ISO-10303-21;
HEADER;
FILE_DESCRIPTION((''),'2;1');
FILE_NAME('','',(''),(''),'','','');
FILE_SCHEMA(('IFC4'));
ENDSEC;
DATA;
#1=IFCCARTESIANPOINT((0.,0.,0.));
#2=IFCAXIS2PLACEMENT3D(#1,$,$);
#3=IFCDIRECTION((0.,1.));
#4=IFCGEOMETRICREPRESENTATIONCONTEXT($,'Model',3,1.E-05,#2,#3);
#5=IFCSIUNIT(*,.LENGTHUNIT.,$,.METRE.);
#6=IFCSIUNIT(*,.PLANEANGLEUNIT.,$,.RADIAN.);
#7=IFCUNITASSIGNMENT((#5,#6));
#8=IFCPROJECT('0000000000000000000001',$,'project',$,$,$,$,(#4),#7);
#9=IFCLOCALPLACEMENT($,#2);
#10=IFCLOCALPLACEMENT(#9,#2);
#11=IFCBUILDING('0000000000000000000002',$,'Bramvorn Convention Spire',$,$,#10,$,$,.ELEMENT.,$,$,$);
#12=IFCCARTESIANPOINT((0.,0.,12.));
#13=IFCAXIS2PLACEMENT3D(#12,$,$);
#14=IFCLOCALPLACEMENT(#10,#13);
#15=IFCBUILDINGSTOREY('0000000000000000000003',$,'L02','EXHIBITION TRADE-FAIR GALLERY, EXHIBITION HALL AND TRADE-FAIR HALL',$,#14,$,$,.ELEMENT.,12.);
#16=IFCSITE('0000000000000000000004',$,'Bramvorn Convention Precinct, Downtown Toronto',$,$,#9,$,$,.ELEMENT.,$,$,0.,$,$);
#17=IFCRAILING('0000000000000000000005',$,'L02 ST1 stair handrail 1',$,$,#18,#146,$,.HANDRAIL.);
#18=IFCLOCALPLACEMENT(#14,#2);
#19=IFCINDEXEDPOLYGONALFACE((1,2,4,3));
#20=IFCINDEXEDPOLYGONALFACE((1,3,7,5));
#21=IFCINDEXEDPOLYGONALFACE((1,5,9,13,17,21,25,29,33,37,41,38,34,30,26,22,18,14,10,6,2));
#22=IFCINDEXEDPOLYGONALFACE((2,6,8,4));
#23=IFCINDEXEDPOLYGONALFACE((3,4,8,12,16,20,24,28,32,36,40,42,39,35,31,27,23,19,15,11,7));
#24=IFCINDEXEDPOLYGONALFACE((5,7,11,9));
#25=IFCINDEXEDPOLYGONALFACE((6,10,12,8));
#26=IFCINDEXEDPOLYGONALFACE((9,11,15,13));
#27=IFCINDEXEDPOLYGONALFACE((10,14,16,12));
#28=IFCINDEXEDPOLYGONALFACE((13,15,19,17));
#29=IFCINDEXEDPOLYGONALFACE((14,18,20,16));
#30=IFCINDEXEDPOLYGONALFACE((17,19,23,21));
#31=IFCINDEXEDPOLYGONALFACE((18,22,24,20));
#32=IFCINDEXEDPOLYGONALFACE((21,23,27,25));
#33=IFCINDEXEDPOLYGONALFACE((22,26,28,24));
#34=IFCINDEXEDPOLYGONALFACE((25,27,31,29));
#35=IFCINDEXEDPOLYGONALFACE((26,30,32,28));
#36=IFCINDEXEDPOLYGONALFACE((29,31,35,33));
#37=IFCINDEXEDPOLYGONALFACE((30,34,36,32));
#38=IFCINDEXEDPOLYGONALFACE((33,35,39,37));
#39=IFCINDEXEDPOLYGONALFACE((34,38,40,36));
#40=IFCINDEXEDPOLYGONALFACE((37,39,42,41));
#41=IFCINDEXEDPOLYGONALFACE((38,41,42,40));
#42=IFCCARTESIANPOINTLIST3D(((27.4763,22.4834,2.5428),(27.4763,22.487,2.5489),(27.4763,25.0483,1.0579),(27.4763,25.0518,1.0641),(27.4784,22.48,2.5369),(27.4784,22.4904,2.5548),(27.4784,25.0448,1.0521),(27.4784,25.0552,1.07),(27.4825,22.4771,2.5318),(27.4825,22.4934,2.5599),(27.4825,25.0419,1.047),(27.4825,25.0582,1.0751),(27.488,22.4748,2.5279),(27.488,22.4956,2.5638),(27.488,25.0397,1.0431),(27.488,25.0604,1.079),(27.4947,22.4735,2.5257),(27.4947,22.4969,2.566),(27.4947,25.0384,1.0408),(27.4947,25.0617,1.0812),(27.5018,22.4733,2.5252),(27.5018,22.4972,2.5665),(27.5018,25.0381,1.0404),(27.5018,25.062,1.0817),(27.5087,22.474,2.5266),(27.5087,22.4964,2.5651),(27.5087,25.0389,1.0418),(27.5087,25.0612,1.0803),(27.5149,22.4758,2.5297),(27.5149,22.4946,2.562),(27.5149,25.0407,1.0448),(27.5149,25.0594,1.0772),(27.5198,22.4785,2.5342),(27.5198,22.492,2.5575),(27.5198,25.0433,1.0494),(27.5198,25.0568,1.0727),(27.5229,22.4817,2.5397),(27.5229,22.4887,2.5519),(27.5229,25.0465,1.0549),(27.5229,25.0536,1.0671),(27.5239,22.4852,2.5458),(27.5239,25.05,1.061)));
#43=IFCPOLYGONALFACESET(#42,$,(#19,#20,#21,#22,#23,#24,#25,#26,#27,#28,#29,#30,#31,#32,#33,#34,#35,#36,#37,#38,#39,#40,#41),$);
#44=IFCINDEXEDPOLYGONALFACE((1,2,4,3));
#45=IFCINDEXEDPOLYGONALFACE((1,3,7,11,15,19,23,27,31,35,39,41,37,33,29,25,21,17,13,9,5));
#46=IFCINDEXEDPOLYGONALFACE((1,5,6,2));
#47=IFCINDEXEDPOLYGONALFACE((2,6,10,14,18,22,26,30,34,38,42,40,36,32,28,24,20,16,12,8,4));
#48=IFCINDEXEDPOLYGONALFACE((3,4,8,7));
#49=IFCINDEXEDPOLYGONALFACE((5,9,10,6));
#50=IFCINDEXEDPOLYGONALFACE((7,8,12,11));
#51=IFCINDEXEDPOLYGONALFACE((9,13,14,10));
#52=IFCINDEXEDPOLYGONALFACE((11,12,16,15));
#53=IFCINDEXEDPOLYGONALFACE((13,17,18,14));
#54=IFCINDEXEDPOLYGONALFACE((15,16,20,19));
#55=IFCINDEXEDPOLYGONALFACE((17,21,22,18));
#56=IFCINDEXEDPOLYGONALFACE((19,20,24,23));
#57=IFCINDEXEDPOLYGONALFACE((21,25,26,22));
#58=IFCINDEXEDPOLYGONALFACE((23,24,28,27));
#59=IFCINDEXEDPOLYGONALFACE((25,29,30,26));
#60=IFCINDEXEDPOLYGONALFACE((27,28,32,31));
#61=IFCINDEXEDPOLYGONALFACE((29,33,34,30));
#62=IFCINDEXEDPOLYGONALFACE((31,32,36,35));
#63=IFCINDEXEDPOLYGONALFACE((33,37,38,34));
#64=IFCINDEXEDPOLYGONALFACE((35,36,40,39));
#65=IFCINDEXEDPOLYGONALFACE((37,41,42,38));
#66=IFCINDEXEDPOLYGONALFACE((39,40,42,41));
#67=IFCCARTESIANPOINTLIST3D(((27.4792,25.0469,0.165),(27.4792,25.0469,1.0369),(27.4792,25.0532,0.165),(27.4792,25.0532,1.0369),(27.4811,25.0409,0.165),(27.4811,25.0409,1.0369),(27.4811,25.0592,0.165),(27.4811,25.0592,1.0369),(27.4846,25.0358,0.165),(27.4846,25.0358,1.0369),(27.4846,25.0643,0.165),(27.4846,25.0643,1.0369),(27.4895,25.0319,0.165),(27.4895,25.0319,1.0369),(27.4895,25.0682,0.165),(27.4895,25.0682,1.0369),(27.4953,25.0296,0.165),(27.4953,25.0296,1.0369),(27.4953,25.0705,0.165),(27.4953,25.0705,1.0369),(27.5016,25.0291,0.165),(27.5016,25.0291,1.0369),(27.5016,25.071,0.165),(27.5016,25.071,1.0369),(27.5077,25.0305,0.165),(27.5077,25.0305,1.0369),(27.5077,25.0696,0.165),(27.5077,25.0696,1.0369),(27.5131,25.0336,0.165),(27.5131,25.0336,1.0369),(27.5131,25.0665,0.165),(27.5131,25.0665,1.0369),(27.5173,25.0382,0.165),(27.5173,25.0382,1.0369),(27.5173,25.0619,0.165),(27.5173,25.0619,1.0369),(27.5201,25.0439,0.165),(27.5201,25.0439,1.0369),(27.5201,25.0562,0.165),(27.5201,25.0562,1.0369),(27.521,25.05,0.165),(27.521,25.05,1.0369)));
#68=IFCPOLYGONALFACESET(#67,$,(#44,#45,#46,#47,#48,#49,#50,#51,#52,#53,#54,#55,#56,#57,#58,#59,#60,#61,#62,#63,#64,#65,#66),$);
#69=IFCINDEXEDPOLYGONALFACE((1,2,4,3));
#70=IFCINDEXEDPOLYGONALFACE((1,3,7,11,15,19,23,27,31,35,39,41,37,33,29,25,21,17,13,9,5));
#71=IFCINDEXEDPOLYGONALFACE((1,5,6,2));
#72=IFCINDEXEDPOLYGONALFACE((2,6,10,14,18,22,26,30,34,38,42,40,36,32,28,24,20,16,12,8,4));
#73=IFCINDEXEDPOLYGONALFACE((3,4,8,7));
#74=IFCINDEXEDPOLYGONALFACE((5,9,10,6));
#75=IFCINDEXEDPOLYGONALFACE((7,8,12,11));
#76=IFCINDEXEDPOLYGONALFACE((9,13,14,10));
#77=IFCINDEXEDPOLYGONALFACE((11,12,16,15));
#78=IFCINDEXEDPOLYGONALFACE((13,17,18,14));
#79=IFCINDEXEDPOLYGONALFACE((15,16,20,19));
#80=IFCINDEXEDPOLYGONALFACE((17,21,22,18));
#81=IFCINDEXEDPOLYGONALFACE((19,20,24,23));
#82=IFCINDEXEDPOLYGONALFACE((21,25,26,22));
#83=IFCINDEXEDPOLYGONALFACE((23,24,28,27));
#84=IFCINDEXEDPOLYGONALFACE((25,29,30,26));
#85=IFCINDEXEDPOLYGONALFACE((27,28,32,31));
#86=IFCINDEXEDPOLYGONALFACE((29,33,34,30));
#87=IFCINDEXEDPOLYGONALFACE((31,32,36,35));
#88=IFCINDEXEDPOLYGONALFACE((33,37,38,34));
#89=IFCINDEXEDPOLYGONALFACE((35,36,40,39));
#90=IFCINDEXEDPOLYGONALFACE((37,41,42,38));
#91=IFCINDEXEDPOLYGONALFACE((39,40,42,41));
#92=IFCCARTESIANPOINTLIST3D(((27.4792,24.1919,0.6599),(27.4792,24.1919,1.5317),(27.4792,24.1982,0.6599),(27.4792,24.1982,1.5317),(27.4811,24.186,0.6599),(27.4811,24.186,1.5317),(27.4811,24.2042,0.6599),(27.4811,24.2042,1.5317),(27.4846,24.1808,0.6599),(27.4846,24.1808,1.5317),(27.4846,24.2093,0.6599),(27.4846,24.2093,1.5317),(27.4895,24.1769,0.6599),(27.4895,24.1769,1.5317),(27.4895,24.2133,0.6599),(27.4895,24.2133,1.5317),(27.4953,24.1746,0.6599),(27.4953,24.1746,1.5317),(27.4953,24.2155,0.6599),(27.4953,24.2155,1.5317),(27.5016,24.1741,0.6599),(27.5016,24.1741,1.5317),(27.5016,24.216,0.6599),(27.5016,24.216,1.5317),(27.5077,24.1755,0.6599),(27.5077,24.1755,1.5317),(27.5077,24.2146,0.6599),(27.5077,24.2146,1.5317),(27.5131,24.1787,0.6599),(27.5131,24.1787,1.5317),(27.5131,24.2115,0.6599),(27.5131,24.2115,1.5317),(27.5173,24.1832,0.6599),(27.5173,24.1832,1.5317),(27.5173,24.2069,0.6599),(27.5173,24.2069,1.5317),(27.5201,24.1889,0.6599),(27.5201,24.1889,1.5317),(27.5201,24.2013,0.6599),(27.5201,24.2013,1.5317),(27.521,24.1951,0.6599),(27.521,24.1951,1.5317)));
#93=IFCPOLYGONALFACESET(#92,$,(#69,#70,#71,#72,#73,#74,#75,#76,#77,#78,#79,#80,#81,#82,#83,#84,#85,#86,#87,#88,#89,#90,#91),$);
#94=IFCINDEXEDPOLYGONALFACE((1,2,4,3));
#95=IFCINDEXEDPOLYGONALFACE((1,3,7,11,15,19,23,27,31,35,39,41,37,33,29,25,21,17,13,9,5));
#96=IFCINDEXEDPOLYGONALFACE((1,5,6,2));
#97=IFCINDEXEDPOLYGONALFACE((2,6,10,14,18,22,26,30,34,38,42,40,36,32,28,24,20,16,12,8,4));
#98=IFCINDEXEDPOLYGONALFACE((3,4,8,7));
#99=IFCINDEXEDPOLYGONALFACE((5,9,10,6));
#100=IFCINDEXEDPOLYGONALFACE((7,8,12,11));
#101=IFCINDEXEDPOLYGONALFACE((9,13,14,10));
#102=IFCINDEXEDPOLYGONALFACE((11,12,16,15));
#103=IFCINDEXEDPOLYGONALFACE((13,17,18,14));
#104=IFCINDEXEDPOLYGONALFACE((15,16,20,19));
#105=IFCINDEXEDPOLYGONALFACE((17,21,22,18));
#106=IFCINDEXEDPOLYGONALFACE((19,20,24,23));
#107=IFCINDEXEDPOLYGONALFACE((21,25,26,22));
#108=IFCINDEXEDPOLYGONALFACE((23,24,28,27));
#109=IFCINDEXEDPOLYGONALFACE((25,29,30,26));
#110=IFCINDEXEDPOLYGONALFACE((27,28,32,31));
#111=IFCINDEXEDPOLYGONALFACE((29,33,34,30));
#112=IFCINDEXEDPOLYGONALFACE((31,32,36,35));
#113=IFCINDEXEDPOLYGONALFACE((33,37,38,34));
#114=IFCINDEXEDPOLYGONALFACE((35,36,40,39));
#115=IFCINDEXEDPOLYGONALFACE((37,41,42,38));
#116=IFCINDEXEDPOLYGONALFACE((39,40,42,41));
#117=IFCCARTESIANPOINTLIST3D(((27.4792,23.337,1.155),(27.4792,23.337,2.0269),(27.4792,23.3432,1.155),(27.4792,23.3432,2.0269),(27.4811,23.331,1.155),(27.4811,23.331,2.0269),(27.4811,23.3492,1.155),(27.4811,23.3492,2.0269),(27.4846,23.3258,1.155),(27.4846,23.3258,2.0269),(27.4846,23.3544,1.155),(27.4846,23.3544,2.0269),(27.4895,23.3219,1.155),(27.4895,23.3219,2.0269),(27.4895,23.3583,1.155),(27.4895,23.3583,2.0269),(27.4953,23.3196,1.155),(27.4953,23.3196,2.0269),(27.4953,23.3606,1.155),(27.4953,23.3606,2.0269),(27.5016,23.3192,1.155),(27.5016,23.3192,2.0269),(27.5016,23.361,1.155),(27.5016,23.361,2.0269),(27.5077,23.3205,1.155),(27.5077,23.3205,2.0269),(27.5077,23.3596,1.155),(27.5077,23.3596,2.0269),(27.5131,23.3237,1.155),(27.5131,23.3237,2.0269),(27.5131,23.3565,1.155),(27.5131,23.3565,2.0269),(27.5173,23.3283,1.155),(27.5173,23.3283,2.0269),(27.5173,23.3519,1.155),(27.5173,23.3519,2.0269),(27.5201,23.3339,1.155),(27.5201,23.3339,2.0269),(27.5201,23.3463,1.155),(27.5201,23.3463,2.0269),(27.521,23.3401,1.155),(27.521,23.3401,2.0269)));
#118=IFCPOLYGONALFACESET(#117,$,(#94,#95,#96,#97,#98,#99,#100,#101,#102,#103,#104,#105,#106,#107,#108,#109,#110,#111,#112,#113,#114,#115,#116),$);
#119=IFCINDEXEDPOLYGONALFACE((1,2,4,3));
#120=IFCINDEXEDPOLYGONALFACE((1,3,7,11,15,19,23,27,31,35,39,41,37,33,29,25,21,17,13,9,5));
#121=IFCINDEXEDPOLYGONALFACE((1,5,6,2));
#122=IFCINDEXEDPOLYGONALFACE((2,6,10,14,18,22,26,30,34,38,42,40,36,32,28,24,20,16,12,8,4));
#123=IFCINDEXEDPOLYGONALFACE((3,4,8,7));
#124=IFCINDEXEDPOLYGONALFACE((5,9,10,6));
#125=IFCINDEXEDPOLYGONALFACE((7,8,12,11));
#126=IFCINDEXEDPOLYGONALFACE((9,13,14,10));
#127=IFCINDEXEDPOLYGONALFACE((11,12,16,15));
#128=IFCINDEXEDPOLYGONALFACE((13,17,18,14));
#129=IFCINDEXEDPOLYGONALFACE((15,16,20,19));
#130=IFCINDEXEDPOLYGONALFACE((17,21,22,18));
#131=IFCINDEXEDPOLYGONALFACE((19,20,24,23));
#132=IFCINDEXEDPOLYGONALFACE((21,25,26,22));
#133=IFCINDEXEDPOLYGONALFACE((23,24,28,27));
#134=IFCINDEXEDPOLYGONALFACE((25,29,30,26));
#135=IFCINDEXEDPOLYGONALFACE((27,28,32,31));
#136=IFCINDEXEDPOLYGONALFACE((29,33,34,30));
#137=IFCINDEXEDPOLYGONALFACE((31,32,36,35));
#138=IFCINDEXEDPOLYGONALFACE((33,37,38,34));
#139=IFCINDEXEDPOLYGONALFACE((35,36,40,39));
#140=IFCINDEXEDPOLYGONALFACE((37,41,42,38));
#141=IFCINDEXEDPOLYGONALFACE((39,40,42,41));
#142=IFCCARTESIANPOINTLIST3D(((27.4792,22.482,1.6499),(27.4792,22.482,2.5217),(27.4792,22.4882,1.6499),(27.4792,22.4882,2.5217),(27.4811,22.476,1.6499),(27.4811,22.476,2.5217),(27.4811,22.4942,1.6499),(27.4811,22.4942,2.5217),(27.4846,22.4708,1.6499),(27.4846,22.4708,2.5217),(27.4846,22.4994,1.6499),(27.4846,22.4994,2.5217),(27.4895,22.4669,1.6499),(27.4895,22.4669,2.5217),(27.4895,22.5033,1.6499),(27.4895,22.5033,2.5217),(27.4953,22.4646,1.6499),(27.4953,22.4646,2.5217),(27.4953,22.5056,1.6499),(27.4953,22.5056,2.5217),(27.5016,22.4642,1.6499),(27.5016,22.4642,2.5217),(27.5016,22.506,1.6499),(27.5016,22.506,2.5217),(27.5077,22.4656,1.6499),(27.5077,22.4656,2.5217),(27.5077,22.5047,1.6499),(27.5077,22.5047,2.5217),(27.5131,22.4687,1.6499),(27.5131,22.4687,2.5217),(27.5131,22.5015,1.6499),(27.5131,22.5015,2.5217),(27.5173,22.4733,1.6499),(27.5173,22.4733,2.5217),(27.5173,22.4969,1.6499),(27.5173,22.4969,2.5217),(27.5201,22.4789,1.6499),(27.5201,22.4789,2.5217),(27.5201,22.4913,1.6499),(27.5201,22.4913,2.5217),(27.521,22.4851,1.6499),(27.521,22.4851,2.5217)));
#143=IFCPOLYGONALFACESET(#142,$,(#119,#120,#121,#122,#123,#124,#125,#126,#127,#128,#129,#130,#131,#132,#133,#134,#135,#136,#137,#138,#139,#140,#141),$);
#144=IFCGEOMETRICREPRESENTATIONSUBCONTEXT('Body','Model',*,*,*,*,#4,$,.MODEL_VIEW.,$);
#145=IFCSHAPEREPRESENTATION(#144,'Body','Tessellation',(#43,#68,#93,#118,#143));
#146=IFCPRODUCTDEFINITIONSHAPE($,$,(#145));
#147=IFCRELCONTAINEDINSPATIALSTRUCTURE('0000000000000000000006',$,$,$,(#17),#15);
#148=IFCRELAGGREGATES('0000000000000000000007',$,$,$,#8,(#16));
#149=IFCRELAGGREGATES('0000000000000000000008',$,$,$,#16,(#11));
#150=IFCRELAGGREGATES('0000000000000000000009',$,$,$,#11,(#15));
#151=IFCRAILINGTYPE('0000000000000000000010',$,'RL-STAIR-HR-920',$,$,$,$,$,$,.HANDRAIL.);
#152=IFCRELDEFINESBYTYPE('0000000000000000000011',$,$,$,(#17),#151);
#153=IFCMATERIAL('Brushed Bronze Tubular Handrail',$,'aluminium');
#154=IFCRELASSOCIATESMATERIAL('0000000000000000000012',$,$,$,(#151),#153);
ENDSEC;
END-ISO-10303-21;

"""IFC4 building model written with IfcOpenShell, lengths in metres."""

from ifc_helpers import new_model, si_unit, direction, frame, origin, origin_2d, place, context, subcontext, project, spatial, circle, extrude, material, type_object, element, save


model = new_model("IFC4")

# Units and contexts
model_context = context("Model", 3, precision=1e-05, world=origin(), true_north=direction((0.0, 1.0)))
body_context = subcontext(model_context, "Body", "Model", "MODEL_VIEW")
ifc_project = project(units=[si_unit("LENGTHUNIT", "METRE"), si_unit("PLANEANGLEUNIT", "RADIAN")], contexts=[model_context])

# Site, building, storey
site_placement = place(None, origin())
site = spatial("IfcSite", under=ifc_project, at=site_placement, Name="Bramvorn Convention Precinct, Downtown Toronto", CompositionType="ELEMENT", RefElevation=0.0)
building_placement = place(site_placement, origin())
building = spatial("IfcBuilding", under=site, at=building_placement, Name="Bramvorn Convention Spire", CompositionType="ELEMENT")
storey_placement = place(building_placement, frame((0.0, 0.0, 12.0)))
storey = spatial("IfcBuildingStorey", under=building, at=storey_placement, Name="L02", Description="EXHIBITION TRADE-FAIR GALLERY, EXHIBITION HALL AND TRADE-FAIR HALL", CompositionType="ELEMENT", Elevation=12.0)

# Railing
ifc_material_1 = material(Name="Brushed Bronze Tubular Handrail", Category="aluminium")
railing_type_1 = type_object("IfcRailingType", Name="RL-STAIR-HR-920", PredefinedType="HANDRAIL", material=ifc_material_1)
railing_1_placement = place(storey_placement, frame((27.5, 25.05, 0.165)))
element("IfcRailing", 1, at=railing_1_placement, inside=storey, type_object=railing_type_1, Name="L02 ST1 stair handrail 1", PredefinedType="HANDRAIL", context=body_context, shape_type="SweptSolid", body=[
    extrude(circle(Radius=0.0239, at=origin_2d()), frame((0.0, 0.0, 0.896), z_axis=(0.0, -0.865441, 0.50101), x_axis=(1.0, 0.0, 0.0)), (0.0, 0.0, 1.0), 2.9636),
    extrude(circle(Radius=0.021, at=origin_2d()), origin(), (0.0, 0.0, 1.0), 0.8718),
    extrude(circle(Radius=0.021, at=origin_2d()), frame((0.0, -0.855, 0.4949)), (0.0, 0.0, 1.0), 0.8718),
    extrude(circle(Radius=0.021, at=origin_2d()), frame((0.0, -1.71, 0.99)), (0.0, 0.0, 1.0), 0.8718),
    extrude(circle(Radius=0.021, at=origin_2d()), frame((0.0, -2.5649, 1.4849)), (0.0, 0.0, 1.0), 0.8718),
])

save(model, "model.ifc")
